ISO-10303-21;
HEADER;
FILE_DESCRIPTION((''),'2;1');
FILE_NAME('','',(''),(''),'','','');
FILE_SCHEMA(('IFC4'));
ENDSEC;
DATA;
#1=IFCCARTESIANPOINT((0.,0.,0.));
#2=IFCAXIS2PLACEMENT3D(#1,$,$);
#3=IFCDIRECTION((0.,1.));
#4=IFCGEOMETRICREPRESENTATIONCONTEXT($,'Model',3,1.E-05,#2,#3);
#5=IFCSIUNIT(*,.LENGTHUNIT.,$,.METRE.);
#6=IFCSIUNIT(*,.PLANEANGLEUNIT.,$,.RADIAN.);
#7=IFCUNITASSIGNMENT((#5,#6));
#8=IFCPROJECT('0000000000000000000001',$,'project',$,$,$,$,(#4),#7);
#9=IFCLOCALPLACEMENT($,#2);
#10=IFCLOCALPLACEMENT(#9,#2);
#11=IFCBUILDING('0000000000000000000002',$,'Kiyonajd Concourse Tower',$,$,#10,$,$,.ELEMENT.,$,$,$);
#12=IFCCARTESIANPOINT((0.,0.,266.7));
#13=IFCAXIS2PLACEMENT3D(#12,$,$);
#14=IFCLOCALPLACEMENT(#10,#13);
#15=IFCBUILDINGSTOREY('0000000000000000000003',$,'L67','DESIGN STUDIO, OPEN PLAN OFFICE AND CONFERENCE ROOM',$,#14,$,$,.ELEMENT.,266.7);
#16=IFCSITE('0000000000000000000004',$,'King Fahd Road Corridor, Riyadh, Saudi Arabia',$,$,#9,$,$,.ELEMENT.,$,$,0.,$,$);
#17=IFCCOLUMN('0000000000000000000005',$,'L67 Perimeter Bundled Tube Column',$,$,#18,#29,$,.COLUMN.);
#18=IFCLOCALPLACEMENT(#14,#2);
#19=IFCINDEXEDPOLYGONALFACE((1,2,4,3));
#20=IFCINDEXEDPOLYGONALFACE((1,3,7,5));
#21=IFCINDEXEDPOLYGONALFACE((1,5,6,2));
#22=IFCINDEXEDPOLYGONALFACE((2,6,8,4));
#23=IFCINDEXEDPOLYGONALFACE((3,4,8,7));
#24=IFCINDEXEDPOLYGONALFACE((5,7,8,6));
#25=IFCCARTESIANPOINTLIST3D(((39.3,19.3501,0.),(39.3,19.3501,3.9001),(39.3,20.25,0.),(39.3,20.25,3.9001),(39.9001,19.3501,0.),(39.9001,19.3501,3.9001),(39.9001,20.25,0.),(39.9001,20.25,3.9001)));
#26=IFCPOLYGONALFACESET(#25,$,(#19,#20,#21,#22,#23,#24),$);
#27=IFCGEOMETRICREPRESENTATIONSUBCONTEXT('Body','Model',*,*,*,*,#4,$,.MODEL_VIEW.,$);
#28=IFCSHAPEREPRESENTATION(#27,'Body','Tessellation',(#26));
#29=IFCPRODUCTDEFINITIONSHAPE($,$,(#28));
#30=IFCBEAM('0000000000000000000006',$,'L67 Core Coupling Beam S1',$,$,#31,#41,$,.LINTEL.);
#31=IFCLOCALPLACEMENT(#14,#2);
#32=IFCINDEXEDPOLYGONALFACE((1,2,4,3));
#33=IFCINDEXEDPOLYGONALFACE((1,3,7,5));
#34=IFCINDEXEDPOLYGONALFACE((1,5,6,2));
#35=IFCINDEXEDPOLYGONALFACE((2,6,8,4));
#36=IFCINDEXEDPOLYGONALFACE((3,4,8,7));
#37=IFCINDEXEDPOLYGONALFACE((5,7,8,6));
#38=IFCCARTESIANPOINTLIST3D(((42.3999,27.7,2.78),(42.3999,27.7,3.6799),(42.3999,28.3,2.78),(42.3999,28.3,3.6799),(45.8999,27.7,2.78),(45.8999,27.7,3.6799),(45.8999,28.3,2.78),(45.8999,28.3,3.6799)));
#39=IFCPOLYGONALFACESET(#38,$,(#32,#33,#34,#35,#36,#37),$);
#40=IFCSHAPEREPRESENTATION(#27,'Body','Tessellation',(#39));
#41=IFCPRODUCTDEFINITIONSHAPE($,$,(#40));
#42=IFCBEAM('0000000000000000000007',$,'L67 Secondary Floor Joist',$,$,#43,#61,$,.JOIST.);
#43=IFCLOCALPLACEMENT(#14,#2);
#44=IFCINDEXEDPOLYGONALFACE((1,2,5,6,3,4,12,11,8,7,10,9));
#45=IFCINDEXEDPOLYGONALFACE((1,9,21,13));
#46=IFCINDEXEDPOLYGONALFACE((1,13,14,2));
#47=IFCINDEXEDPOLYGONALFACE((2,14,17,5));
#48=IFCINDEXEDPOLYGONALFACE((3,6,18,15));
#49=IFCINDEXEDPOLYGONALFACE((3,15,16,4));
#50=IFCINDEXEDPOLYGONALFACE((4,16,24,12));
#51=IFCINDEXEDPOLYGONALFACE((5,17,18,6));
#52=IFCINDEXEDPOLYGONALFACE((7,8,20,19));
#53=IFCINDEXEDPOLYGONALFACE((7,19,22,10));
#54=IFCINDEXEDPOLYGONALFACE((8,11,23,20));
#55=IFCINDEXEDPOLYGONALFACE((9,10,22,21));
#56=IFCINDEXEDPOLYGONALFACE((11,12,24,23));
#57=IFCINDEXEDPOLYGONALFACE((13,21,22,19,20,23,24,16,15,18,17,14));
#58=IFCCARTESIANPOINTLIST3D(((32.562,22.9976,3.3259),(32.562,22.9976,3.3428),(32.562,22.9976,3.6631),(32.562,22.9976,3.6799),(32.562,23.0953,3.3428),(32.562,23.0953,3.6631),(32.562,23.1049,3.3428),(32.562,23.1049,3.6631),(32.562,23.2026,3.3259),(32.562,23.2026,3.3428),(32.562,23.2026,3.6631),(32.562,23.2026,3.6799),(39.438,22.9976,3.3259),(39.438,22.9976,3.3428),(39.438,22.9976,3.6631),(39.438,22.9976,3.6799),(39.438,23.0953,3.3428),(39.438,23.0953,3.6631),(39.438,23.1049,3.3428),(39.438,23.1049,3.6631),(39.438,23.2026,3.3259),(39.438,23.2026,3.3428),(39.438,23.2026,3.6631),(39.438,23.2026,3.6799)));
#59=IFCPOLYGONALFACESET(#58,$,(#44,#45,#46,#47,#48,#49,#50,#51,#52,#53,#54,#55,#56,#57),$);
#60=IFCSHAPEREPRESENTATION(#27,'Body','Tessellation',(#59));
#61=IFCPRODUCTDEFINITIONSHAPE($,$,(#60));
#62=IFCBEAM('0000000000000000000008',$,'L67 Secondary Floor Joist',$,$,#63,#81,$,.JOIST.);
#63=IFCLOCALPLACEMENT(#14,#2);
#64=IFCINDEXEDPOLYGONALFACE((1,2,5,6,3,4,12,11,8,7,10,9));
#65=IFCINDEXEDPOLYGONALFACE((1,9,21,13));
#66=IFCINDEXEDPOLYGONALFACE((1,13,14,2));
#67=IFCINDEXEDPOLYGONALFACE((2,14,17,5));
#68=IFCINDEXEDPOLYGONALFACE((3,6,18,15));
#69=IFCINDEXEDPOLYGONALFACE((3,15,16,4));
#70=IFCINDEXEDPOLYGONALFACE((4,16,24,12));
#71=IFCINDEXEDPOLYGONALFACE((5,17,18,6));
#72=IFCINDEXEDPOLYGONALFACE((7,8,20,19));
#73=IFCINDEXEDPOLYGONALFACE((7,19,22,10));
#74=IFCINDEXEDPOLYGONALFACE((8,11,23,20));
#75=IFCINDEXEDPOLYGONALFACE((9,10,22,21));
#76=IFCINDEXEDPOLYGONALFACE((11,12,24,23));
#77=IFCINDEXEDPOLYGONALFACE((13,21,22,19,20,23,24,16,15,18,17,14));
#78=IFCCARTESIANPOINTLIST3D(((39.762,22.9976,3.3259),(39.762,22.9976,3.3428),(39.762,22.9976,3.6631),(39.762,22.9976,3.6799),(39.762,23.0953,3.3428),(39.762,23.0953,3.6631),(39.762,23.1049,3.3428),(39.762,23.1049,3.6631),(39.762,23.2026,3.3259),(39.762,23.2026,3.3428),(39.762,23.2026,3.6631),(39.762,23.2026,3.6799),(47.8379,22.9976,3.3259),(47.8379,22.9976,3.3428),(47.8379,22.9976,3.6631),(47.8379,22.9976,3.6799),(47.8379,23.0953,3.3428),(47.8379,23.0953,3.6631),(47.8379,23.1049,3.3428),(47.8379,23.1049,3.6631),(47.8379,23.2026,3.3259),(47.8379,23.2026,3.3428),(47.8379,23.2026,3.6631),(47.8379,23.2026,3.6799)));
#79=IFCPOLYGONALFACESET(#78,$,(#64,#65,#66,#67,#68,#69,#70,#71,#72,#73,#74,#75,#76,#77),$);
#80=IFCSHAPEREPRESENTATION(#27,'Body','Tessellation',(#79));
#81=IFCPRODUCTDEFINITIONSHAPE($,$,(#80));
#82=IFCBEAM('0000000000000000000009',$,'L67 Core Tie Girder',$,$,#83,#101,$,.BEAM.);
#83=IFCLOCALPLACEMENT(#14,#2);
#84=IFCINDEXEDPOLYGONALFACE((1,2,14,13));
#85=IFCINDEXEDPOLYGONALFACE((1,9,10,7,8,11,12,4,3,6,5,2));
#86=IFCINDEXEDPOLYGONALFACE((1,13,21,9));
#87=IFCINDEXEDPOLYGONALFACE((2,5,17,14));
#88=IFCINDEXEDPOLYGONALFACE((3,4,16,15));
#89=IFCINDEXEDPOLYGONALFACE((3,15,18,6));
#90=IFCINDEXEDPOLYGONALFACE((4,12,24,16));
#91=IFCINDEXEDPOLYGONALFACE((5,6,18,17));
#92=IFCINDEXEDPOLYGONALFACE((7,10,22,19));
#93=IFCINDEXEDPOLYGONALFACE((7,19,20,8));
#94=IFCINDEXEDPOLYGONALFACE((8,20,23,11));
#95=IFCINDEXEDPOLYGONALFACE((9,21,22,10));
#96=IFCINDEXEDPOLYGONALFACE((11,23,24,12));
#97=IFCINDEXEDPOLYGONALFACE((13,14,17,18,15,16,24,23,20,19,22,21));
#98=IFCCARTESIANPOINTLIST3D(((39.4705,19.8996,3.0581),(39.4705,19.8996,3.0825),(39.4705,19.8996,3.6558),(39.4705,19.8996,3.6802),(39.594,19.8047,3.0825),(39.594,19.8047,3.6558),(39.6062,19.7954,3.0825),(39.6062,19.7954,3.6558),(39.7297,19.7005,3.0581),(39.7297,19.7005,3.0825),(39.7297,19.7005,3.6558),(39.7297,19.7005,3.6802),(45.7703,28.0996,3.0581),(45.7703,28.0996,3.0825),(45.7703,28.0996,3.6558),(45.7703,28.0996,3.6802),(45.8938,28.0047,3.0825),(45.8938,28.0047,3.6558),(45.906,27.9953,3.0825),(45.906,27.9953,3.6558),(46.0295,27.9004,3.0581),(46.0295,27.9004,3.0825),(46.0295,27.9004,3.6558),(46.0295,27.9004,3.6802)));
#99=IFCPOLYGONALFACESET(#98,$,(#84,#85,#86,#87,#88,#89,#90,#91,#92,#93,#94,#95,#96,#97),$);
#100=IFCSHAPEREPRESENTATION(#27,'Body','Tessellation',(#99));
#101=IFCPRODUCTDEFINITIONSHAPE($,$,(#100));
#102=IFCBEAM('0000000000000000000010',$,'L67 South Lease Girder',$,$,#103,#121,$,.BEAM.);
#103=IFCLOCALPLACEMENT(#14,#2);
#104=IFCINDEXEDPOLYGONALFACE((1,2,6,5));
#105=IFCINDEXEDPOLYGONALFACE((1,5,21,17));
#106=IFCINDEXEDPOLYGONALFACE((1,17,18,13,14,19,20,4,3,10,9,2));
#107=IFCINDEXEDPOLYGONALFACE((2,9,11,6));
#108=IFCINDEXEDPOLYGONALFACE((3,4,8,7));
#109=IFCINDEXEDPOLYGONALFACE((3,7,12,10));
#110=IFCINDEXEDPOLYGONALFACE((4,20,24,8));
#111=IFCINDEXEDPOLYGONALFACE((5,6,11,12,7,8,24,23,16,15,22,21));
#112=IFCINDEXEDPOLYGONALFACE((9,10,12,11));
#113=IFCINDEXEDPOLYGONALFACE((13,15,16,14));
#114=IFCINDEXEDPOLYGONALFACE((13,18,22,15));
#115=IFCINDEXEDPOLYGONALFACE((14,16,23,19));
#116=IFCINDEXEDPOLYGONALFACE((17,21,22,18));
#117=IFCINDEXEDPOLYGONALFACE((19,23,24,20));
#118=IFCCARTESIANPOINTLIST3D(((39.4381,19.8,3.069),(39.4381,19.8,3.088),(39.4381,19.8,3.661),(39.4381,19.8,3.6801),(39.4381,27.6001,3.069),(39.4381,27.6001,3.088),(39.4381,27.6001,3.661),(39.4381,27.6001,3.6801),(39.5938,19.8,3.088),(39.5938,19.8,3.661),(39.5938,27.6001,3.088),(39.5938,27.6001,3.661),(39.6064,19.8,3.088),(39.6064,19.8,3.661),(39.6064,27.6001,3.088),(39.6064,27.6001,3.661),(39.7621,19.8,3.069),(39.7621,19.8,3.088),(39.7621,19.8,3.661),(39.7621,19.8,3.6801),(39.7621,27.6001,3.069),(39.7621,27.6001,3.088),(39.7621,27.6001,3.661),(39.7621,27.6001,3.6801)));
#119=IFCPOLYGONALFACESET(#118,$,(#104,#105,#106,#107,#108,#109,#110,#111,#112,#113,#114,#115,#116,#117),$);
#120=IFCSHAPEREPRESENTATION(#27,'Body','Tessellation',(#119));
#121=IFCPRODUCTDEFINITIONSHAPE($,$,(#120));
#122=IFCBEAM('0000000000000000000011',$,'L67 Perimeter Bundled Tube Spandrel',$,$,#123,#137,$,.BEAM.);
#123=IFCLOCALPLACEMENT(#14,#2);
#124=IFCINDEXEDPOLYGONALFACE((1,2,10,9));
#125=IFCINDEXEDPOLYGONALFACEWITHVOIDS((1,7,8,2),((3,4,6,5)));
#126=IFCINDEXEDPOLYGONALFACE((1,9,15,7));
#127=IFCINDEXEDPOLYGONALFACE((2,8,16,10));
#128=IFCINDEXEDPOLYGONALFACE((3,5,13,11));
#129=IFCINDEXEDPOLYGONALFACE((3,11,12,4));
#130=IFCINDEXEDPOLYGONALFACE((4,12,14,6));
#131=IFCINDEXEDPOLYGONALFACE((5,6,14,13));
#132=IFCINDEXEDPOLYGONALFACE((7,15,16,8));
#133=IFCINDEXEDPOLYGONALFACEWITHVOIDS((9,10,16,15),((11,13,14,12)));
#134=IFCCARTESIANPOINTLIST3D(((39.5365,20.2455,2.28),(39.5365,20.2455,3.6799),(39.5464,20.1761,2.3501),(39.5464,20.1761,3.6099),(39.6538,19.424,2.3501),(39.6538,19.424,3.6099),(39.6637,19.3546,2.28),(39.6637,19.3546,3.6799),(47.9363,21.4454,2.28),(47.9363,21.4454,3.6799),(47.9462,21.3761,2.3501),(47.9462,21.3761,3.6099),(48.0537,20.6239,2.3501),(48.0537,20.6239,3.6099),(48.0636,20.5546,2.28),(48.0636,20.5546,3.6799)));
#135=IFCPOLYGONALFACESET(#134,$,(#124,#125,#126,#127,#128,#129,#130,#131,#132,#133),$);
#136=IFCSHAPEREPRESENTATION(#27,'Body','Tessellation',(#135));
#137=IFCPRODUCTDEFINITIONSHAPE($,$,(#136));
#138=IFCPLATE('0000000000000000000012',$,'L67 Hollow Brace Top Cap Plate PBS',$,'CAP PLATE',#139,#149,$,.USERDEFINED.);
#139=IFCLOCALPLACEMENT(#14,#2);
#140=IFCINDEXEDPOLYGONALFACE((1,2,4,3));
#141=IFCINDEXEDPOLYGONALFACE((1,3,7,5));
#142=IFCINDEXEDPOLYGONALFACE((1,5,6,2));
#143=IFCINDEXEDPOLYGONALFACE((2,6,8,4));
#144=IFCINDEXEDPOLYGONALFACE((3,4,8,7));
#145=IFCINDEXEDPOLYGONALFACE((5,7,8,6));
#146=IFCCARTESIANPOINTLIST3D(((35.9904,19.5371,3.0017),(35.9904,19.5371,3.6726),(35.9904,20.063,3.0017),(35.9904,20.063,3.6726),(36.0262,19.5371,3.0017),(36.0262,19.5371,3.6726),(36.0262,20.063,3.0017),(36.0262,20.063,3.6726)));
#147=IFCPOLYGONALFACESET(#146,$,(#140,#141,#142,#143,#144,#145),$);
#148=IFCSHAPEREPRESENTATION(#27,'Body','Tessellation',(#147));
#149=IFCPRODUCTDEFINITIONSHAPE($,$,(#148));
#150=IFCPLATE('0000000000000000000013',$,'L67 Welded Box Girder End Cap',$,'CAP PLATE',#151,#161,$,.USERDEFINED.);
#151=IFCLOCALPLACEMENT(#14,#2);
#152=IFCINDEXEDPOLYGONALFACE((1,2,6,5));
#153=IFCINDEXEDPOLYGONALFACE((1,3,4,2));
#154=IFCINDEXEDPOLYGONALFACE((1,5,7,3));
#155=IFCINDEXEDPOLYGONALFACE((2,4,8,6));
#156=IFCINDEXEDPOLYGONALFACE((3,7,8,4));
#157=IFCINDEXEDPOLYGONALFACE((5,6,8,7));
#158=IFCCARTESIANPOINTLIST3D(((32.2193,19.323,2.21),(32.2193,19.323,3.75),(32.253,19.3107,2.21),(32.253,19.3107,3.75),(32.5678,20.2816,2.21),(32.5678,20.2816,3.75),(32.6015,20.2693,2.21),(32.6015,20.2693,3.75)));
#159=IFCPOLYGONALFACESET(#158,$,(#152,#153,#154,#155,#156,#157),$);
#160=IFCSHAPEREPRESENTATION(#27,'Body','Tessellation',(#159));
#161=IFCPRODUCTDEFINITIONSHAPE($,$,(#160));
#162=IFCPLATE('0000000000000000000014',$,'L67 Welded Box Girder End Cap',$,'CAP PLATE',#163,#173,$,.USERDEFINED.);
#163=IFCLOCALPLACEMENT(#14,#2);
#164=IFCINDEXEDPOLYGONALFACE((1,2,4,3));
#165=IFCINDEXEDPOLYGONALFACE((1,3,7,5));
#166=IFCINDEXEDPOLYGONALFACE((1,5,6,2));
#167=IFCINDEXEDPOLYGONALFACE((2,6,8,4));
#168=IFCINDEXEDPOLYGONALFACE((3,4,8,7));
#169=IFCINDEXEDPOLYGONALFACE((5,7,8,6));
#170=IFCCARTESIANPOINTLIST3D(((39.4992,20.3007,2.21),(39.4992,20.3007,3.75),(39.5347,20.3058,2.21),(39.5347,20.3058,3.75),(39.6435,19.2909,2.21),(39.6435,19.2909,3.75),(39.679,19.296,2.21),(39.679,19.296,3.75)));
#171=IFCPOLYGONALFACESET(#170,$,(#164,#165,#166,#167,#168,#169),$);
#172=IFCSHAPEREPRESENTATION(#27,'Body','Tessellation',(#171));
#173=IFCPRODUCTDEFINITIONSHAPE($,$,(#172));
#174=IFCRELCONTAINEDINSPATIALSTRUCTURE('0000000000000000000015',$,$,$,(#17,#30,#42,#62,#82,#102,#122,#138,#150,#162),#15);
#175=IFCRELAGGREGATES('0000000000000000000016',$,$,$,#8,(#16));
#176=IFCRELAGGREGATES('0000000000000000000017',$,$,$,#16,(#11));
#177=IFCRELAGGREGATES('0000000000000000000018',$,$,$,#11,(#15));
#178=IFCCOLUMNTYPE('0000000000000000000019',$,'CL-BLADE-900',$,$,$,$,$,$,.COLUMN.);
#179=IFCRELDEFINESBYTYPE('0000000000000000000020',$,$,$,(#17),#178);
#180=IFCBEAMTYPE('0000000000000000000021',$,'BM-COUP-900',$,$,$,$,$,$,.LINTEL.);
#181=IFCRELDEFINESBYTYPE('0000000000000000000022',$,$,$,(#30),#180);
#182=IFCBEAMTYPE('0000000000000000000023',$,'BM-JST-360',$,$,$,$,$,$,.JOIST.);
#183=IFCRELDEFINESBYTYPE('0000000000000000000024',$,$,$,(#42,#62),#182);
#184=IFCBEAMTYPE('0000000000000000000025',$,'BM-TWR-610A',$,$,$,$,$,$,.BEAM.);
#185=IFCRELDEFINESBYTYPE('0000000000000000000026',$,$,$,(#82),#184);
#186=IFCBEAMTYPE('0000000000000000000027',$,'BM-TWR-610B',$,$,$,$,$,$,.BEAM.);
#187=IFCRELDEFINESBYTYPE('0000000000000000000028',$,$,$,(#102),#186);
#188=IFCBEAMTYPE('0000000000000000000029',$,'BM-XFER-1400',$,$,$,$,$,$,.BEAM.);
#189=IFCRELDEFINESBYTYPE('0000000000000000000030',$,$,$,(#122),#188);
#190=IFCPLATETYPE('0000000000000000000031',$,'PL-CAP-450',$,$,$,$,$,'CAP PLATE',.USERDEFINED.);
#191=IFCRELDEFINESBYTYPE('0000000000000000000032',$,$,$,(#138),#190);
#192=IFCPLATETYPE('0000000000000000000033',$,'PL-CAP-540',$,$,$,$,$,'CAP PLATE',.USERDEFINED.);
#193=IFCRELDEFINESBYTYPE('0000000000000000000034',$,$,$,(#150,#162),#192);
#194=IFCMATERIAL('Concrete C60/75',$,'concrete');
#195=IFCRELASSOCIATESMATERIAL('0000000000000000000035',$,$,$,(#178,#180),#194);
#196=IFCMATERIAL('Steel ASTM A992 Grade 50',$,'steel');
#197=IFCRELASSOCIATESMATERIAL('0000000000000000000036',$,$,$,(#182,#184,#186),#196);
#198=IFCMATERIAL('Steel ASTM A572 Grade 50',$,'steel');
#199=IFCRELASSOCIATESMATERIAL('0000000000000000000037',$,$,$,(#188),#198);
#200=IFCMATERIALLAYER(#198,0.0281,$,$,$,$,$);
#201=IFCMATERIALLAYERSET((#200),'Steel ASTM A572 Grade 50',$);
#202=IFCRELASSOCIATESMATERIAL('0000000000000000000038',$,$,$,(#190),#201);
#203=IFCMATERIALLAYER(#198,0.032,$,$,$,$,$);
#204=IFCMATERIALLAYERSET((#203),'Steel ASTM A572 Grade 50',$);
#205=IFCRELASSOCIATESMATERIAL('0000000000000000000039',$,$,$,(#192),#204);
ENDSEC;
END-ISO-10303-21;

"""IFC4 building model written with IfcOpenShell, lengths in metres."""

from ifc_helpers import new_model, si_unit, direction, frame, origin, origin_2d, place, context, subcontext, project, spatial, rectangle, hollow_rectangle, i_section, extrude, material, layer, layer_set, material_profile, profile_set, type_object, element, save


model = new_model("IFC4")

# Units and contexts
model_context = context("Model", 3, precision=1e-05, world=origin(), true_north=direction((0.0, 1.0)))
body_context = subcontext(model_context, "Body", "Model", "MODEL_VIEW")
ifc_project = project(units=[si_unit("LENGTHUNIT", "METRE"), si_unit("PLANEANGLEUNIT", "RADIAN")], contexts=[model_context])

# Site, building, storey
site_placement = place(None, origin())
site = spatial("IfcSite", under=ifc_project, at=site_placement, Name="King Fahd Road Corridor, Riyadh, Saudi Arabia", CompositionType="ELEMENT", RefElevation=0.0)
building_placement = place(site_placement, origin())
building = spatial("IfcBuilding", under=site, at=building_placement, Name="Kiyonajd Concourse Tower", CompositionType="ELEMENT")
storey_placement = place(building_placement, frame((0.0, 0.0, 266.7)))
storey = spatial("IfcBuildingStorey", under=building, at=storey_placement, Name="L67", Description="DESIGN STUDIO, OPEN PLAN OFFICE AND CONFERENCE ROOM", CompositionType="ELEMENT", Elevation=266.7)

# Column
ifc_material_1 = material(Name="Concrete C60/75", Category="concrete")
ifc_material_profile_1 = material_profile(ifc_material_1, rectangle(XDim=0.6001, YDim=0.8999, at=origin_2d()), Name="RC-900x600")
ifc_profile_set_1 = profile_set([ifc_material_profile_1], Name="Concrete C60/75")
column_type = type_object("IfcColumnType", Name="CL-BLADE-900", PredefinedType="COLUMN", material=ifc_profile_set_1)
column_placement = place(storey_placement, frame((39.6001, 19.8, 0.0), z_axis=(0.0, 0.0, 1.0), x_axis=(1.0, 0.0, 0.0)))
element("IfcColumn", 1, at=column_placement, inside=storey, type_object=column_type, Name="L67 Perimeter Bundled Tube Column", PredefinedType="COLUMN", context=body_context, shape_type="SweptSolid", body=[
    extrude(rectangle(XDim=0.6001, YDim=0.8999, at=origin_2d()), origin(), (0.0, 0.0, 1.0), 3.9001),
])

# Beams
ifc_material_profile_2 = material_profile(ifc_material_1, rectangle(XDim=0.6001, YDim=0.8999, at=origin_2d()), Name="RCBM-600x900")
ifc_profile_set_2 = profile_set([ifc_material_profile_2], Name="Concrete C60/75")
beam_type_1 = type_object("IfcBeamType", Name="BM-COUP-900", PredefinedType="LINTEL", material=ifc_profile_set_2)
beam_1_placement = place(storey_placement, frame((42.3999, 28.0, 3.23), z_axis=(1.0, 0.0, 0.0), x_axis=(0.0, 1.0, 0.0)))
element("IfcBeam", 2, at=beam_1_placement, inside=storey, type_object=beam_type_1, Name="L67 Core Coupling Beam S1", PredefinedType="LINTEL", context=body_context, shape_type="SweptSolid", body=[
    extrude(rectangle(XDim=0.6001, YDim=0.8999, at=origin_2d()), origin(), (0.0, 0.0, 1.0), 3.5),
])
ifc_material_2 = material(Name="Steel ASTM A992 Grade 50", Category="steel")
ifc_material_profile_3 = material_profile(ifc_material_2, i_section(OverallWidth=0.2051, OverallDepth=0.354, WebThickness=0.0095, FlangeThickness=0.0168, at=origin_2d()), Name="W360X79")
ifc_profile_set_3 = profile_set([ifc_material_profile_3], Name="Steel ASTM A992 Grade 50")
beam_type_2 = type_object("IfcBeamType", Name="BM-JST-360", PredefinedType="JOIST", material=ifc_profile_set_3)
beam_2_placement = place(storey_placement, frame((32.562, 23.1001, 3.5029), z_axis=(1.0, 0.0, 0.0), x_axis=(0.0, 1.0, 0.0)))
element("IfcBeam", 3, at=beam_2_placement, inside=storey, type_object=beam_type_2, Name="L67 Secondary Floor Joist", PredefinedType="JOIST", context=body_context, shape_type="SweptSolid", body=[
    extrude(i_section(OverallWidth=0.2051, OverallDepth=0.354, WebThickness=0.0095, FlangeThickness=0.0168, at=origin_2d()), origin(), (0.0, 0.0, 1.0), 6.876),
])
beam_3_placement = place(storey_placement, frame((39.762, 23.1001, 3.5029), z_axis=(1.0, 0.0, 0.0), x_axis=(0.0, 1.0, 0.0)))
element("IfcBeam", 4, at=beam_3_placement, inside=storey, type_object=beam_type_2, Name="L67 Secondary Floor Joist", PredefinedType="JOIST", context=body_context, shape_type="SweptSolid", body=[
    extrude(i_section(OverallWidth=0.2051, OverallDepth=0.354, WebThickness=0.0095, FlangeThickness=0.0168, at=origin_2d()), origin(), (0.0, 0.0, 1.0), 8.0759),
])
ifc_material_profile_4 = material_profile(ifc_material_2, i_section(OverallWidth=0.3269, OverallDepth=0.6221, WebThickness=0.0154, FlangeThickness=0.0244, at=origin_2d()), Name="W610X195")
ifc_profile_set_4 = profile_set([ifc_material_profile_4], Name="Steel ASTM A992 Grade 50")
beam_type_3 = type_object("IfcBeamType", Name="BM-TWR-610A", PredefinedType="BEAM", material=ifc_profile_set_4)
beam_4_placement = place(storey_placement, frame((39.6001, 19.8, 3.3691), z_axis=(0.609234, 0.792991, 0.0), x_axis=(-0.792991, 0.609234, 0.0)))
element("IfcBeam", 5, at=beam_4_placement, inside=storey, type_object=beam_type_3, Name="L67 Core Tie Girder", PredefinedType="BEAM", context=body_context, shape_type="SweptSolid", body=[
    extrude(i_section(OverallWidth=0.3269, OverallDepth=0.6221, WebThickness=0.0154, FlangeThickness=0.0244, at=origin_2d()), origin(), (0.0, 0.0, 1.0), 10.3406),
])
ifc_material_profile_5 = material_profile(ifc_material_2, i_section(OverallWidth=0.324, OverallDepth=0.6111, WebThickness=0.0127, FlangeThickness=0.019, at=origin_2d()), Name="W610X155")
ifc_profile_set_5 = profile_set([ifc_material_profile_5], Name="Steel ASTM A992 Grade 50")
beam_type_4 = type_object("IfcBeamType", Name="BM-TWR-610B", PredefinedType="BEAM", material=ifc_profile_set_5)
beam_5_placement = place(storey_placement, frame((39.6001, 19.8, 3.3745), z_axis=(0.0, 1.0, 0.0), x_axis=(-1.0, 0.0, 0.0)))
element("IfcBeam", 6, at=beam_5_placement, inside=storey, type_object=beam_type_4, Name="L67 South Lease Girder", PredefinedType="BEAM", context=body_context, shape_type="SweptSolid", body=[
    extrude(i_section(OverallWidth=0.324, OverallDepth=0.6111, WebThickness=0.0127, FlangeThickness=0.019, at=origin_2d()), origin(), (0.0, 0.0, 1.0), 7.8),
])
ifc_material_3 = material(Name="Steel ASTM A572 Grade 50", Category="steel")
ifc_material_profile_6 = material_profile(ifc_material_3, hollow_rectangle(XDim=0.8999, YDim=1.3999, WallThickness=0.0701, at=origin_2d()), Name="BOX-1400x900x70")
ifc_profile_set_6 = profile_set([ifc_material_profile_6], Name="Steel ASTM A572 Grade 50")
beam_type_5 = type_object("IfcBeamType", Name="BM-XFER-1400", PredefinedType="BEAM", material=ifc_profile_set_6)
beam_6_placement = place(storey_placement, frame((39.6001, 19.8, 2.98), z_axis=(0.98995, 0.141417, 0.0), x_axis=(-0.141417, 0.98995, 0.0)))
element("IfcBeam", 7, at=beam_6_placement, inside=storey, type_object=beam_type_5, Name="L67 Perimeter Bundled Tube Spandrel", PredefinedType="BEAM", context=body_context, shape_type="SweptSolid", body=[
    extrude(hollow_rectangle(XDim=0.8999, YDim=1.3999, WallThickness=0.0701, at=origin_2d()), origin(), (0.0, 0.0, 1.0), 8.4851),
])

# Plates
ifc_layer_1 = layer(ifc_material_3, 0.0281)
ifc_layer_set_1 = layer_set([ifc_layer_1], Name="Steel ASTM A572 Grade 50")
plate_type_1 = type_object("IfcPlateType", Name="PL-CAP-450", ElementType="CAP PLATE", PredefinedType="USERDEFINED", material=ifc_layer_set_1)
plate_1_placement = place(storey_placement, frame((36.0083, 19.8, 3.0017), z_axis=(0.0, 0.0, 1.0), x_axis=(1.0, 0.0, 0.0)))
element("IfcPlate", 8, at=plate_1_placement, inside=storey, type_object=plate_type_1, Name="L67 Hollow Brace Top Cap Plate PBS", ObjectType="CAP PLATE", PredefinedType="USERDEFINED", context=body_context, shape_type="SweptSolid", body=[
    extrude(rectangle(XDim=0.0359, YDim=0.5259, at=origin_2d()), origin(), (0.0, 0.0, 1.0), 0.6709),
])
ifc_layer_2 = layer(ifc_material_3, 0.032)
ifc_layer_set_2 = layer_set([ifc_layer_2], Name="Steel ASTM A572 Grade 50")
plate_type_2 = type_object("IfcPlateType", Name="PL-CAP-540", ElementType="CAP PLATE", PredefinedType="USERDEFINED", material=ifc_layer_set_2)
for number, where, z_axis, x_axis, name in (
    (9, (32.4104, 19.7961, 2.21), (0.0, 0.0, 1.0), (0.939812, -0.341692, 0.0), "L67 Welded Box Girder End Cap"),
    (10, (39.5891, 19.7983, 2.21), (0.0, 0.0, 1.0), (-0.98995, -0.14142, 0.0), "L67 Welded Box Girder End Cap"),
):
    element("IfcPlate", number, at=place(storey_placement, frame(where, z_axis=z_axis, x_axis=x_axis)), inside=storey, type_object=plate_type_2, Name=name, ObjectType="CAP PLATE", PredefinedType="USERDEFINED", context=body_context, shape_type="SweptSolid", body=[
        extrude(rectangle(XDim=0.0359, YDim=1.02, at=origin_2d()), origin(), (0.0, 0.0, 1.0), 1.54),
    ])

save(model, "model.ifc")
